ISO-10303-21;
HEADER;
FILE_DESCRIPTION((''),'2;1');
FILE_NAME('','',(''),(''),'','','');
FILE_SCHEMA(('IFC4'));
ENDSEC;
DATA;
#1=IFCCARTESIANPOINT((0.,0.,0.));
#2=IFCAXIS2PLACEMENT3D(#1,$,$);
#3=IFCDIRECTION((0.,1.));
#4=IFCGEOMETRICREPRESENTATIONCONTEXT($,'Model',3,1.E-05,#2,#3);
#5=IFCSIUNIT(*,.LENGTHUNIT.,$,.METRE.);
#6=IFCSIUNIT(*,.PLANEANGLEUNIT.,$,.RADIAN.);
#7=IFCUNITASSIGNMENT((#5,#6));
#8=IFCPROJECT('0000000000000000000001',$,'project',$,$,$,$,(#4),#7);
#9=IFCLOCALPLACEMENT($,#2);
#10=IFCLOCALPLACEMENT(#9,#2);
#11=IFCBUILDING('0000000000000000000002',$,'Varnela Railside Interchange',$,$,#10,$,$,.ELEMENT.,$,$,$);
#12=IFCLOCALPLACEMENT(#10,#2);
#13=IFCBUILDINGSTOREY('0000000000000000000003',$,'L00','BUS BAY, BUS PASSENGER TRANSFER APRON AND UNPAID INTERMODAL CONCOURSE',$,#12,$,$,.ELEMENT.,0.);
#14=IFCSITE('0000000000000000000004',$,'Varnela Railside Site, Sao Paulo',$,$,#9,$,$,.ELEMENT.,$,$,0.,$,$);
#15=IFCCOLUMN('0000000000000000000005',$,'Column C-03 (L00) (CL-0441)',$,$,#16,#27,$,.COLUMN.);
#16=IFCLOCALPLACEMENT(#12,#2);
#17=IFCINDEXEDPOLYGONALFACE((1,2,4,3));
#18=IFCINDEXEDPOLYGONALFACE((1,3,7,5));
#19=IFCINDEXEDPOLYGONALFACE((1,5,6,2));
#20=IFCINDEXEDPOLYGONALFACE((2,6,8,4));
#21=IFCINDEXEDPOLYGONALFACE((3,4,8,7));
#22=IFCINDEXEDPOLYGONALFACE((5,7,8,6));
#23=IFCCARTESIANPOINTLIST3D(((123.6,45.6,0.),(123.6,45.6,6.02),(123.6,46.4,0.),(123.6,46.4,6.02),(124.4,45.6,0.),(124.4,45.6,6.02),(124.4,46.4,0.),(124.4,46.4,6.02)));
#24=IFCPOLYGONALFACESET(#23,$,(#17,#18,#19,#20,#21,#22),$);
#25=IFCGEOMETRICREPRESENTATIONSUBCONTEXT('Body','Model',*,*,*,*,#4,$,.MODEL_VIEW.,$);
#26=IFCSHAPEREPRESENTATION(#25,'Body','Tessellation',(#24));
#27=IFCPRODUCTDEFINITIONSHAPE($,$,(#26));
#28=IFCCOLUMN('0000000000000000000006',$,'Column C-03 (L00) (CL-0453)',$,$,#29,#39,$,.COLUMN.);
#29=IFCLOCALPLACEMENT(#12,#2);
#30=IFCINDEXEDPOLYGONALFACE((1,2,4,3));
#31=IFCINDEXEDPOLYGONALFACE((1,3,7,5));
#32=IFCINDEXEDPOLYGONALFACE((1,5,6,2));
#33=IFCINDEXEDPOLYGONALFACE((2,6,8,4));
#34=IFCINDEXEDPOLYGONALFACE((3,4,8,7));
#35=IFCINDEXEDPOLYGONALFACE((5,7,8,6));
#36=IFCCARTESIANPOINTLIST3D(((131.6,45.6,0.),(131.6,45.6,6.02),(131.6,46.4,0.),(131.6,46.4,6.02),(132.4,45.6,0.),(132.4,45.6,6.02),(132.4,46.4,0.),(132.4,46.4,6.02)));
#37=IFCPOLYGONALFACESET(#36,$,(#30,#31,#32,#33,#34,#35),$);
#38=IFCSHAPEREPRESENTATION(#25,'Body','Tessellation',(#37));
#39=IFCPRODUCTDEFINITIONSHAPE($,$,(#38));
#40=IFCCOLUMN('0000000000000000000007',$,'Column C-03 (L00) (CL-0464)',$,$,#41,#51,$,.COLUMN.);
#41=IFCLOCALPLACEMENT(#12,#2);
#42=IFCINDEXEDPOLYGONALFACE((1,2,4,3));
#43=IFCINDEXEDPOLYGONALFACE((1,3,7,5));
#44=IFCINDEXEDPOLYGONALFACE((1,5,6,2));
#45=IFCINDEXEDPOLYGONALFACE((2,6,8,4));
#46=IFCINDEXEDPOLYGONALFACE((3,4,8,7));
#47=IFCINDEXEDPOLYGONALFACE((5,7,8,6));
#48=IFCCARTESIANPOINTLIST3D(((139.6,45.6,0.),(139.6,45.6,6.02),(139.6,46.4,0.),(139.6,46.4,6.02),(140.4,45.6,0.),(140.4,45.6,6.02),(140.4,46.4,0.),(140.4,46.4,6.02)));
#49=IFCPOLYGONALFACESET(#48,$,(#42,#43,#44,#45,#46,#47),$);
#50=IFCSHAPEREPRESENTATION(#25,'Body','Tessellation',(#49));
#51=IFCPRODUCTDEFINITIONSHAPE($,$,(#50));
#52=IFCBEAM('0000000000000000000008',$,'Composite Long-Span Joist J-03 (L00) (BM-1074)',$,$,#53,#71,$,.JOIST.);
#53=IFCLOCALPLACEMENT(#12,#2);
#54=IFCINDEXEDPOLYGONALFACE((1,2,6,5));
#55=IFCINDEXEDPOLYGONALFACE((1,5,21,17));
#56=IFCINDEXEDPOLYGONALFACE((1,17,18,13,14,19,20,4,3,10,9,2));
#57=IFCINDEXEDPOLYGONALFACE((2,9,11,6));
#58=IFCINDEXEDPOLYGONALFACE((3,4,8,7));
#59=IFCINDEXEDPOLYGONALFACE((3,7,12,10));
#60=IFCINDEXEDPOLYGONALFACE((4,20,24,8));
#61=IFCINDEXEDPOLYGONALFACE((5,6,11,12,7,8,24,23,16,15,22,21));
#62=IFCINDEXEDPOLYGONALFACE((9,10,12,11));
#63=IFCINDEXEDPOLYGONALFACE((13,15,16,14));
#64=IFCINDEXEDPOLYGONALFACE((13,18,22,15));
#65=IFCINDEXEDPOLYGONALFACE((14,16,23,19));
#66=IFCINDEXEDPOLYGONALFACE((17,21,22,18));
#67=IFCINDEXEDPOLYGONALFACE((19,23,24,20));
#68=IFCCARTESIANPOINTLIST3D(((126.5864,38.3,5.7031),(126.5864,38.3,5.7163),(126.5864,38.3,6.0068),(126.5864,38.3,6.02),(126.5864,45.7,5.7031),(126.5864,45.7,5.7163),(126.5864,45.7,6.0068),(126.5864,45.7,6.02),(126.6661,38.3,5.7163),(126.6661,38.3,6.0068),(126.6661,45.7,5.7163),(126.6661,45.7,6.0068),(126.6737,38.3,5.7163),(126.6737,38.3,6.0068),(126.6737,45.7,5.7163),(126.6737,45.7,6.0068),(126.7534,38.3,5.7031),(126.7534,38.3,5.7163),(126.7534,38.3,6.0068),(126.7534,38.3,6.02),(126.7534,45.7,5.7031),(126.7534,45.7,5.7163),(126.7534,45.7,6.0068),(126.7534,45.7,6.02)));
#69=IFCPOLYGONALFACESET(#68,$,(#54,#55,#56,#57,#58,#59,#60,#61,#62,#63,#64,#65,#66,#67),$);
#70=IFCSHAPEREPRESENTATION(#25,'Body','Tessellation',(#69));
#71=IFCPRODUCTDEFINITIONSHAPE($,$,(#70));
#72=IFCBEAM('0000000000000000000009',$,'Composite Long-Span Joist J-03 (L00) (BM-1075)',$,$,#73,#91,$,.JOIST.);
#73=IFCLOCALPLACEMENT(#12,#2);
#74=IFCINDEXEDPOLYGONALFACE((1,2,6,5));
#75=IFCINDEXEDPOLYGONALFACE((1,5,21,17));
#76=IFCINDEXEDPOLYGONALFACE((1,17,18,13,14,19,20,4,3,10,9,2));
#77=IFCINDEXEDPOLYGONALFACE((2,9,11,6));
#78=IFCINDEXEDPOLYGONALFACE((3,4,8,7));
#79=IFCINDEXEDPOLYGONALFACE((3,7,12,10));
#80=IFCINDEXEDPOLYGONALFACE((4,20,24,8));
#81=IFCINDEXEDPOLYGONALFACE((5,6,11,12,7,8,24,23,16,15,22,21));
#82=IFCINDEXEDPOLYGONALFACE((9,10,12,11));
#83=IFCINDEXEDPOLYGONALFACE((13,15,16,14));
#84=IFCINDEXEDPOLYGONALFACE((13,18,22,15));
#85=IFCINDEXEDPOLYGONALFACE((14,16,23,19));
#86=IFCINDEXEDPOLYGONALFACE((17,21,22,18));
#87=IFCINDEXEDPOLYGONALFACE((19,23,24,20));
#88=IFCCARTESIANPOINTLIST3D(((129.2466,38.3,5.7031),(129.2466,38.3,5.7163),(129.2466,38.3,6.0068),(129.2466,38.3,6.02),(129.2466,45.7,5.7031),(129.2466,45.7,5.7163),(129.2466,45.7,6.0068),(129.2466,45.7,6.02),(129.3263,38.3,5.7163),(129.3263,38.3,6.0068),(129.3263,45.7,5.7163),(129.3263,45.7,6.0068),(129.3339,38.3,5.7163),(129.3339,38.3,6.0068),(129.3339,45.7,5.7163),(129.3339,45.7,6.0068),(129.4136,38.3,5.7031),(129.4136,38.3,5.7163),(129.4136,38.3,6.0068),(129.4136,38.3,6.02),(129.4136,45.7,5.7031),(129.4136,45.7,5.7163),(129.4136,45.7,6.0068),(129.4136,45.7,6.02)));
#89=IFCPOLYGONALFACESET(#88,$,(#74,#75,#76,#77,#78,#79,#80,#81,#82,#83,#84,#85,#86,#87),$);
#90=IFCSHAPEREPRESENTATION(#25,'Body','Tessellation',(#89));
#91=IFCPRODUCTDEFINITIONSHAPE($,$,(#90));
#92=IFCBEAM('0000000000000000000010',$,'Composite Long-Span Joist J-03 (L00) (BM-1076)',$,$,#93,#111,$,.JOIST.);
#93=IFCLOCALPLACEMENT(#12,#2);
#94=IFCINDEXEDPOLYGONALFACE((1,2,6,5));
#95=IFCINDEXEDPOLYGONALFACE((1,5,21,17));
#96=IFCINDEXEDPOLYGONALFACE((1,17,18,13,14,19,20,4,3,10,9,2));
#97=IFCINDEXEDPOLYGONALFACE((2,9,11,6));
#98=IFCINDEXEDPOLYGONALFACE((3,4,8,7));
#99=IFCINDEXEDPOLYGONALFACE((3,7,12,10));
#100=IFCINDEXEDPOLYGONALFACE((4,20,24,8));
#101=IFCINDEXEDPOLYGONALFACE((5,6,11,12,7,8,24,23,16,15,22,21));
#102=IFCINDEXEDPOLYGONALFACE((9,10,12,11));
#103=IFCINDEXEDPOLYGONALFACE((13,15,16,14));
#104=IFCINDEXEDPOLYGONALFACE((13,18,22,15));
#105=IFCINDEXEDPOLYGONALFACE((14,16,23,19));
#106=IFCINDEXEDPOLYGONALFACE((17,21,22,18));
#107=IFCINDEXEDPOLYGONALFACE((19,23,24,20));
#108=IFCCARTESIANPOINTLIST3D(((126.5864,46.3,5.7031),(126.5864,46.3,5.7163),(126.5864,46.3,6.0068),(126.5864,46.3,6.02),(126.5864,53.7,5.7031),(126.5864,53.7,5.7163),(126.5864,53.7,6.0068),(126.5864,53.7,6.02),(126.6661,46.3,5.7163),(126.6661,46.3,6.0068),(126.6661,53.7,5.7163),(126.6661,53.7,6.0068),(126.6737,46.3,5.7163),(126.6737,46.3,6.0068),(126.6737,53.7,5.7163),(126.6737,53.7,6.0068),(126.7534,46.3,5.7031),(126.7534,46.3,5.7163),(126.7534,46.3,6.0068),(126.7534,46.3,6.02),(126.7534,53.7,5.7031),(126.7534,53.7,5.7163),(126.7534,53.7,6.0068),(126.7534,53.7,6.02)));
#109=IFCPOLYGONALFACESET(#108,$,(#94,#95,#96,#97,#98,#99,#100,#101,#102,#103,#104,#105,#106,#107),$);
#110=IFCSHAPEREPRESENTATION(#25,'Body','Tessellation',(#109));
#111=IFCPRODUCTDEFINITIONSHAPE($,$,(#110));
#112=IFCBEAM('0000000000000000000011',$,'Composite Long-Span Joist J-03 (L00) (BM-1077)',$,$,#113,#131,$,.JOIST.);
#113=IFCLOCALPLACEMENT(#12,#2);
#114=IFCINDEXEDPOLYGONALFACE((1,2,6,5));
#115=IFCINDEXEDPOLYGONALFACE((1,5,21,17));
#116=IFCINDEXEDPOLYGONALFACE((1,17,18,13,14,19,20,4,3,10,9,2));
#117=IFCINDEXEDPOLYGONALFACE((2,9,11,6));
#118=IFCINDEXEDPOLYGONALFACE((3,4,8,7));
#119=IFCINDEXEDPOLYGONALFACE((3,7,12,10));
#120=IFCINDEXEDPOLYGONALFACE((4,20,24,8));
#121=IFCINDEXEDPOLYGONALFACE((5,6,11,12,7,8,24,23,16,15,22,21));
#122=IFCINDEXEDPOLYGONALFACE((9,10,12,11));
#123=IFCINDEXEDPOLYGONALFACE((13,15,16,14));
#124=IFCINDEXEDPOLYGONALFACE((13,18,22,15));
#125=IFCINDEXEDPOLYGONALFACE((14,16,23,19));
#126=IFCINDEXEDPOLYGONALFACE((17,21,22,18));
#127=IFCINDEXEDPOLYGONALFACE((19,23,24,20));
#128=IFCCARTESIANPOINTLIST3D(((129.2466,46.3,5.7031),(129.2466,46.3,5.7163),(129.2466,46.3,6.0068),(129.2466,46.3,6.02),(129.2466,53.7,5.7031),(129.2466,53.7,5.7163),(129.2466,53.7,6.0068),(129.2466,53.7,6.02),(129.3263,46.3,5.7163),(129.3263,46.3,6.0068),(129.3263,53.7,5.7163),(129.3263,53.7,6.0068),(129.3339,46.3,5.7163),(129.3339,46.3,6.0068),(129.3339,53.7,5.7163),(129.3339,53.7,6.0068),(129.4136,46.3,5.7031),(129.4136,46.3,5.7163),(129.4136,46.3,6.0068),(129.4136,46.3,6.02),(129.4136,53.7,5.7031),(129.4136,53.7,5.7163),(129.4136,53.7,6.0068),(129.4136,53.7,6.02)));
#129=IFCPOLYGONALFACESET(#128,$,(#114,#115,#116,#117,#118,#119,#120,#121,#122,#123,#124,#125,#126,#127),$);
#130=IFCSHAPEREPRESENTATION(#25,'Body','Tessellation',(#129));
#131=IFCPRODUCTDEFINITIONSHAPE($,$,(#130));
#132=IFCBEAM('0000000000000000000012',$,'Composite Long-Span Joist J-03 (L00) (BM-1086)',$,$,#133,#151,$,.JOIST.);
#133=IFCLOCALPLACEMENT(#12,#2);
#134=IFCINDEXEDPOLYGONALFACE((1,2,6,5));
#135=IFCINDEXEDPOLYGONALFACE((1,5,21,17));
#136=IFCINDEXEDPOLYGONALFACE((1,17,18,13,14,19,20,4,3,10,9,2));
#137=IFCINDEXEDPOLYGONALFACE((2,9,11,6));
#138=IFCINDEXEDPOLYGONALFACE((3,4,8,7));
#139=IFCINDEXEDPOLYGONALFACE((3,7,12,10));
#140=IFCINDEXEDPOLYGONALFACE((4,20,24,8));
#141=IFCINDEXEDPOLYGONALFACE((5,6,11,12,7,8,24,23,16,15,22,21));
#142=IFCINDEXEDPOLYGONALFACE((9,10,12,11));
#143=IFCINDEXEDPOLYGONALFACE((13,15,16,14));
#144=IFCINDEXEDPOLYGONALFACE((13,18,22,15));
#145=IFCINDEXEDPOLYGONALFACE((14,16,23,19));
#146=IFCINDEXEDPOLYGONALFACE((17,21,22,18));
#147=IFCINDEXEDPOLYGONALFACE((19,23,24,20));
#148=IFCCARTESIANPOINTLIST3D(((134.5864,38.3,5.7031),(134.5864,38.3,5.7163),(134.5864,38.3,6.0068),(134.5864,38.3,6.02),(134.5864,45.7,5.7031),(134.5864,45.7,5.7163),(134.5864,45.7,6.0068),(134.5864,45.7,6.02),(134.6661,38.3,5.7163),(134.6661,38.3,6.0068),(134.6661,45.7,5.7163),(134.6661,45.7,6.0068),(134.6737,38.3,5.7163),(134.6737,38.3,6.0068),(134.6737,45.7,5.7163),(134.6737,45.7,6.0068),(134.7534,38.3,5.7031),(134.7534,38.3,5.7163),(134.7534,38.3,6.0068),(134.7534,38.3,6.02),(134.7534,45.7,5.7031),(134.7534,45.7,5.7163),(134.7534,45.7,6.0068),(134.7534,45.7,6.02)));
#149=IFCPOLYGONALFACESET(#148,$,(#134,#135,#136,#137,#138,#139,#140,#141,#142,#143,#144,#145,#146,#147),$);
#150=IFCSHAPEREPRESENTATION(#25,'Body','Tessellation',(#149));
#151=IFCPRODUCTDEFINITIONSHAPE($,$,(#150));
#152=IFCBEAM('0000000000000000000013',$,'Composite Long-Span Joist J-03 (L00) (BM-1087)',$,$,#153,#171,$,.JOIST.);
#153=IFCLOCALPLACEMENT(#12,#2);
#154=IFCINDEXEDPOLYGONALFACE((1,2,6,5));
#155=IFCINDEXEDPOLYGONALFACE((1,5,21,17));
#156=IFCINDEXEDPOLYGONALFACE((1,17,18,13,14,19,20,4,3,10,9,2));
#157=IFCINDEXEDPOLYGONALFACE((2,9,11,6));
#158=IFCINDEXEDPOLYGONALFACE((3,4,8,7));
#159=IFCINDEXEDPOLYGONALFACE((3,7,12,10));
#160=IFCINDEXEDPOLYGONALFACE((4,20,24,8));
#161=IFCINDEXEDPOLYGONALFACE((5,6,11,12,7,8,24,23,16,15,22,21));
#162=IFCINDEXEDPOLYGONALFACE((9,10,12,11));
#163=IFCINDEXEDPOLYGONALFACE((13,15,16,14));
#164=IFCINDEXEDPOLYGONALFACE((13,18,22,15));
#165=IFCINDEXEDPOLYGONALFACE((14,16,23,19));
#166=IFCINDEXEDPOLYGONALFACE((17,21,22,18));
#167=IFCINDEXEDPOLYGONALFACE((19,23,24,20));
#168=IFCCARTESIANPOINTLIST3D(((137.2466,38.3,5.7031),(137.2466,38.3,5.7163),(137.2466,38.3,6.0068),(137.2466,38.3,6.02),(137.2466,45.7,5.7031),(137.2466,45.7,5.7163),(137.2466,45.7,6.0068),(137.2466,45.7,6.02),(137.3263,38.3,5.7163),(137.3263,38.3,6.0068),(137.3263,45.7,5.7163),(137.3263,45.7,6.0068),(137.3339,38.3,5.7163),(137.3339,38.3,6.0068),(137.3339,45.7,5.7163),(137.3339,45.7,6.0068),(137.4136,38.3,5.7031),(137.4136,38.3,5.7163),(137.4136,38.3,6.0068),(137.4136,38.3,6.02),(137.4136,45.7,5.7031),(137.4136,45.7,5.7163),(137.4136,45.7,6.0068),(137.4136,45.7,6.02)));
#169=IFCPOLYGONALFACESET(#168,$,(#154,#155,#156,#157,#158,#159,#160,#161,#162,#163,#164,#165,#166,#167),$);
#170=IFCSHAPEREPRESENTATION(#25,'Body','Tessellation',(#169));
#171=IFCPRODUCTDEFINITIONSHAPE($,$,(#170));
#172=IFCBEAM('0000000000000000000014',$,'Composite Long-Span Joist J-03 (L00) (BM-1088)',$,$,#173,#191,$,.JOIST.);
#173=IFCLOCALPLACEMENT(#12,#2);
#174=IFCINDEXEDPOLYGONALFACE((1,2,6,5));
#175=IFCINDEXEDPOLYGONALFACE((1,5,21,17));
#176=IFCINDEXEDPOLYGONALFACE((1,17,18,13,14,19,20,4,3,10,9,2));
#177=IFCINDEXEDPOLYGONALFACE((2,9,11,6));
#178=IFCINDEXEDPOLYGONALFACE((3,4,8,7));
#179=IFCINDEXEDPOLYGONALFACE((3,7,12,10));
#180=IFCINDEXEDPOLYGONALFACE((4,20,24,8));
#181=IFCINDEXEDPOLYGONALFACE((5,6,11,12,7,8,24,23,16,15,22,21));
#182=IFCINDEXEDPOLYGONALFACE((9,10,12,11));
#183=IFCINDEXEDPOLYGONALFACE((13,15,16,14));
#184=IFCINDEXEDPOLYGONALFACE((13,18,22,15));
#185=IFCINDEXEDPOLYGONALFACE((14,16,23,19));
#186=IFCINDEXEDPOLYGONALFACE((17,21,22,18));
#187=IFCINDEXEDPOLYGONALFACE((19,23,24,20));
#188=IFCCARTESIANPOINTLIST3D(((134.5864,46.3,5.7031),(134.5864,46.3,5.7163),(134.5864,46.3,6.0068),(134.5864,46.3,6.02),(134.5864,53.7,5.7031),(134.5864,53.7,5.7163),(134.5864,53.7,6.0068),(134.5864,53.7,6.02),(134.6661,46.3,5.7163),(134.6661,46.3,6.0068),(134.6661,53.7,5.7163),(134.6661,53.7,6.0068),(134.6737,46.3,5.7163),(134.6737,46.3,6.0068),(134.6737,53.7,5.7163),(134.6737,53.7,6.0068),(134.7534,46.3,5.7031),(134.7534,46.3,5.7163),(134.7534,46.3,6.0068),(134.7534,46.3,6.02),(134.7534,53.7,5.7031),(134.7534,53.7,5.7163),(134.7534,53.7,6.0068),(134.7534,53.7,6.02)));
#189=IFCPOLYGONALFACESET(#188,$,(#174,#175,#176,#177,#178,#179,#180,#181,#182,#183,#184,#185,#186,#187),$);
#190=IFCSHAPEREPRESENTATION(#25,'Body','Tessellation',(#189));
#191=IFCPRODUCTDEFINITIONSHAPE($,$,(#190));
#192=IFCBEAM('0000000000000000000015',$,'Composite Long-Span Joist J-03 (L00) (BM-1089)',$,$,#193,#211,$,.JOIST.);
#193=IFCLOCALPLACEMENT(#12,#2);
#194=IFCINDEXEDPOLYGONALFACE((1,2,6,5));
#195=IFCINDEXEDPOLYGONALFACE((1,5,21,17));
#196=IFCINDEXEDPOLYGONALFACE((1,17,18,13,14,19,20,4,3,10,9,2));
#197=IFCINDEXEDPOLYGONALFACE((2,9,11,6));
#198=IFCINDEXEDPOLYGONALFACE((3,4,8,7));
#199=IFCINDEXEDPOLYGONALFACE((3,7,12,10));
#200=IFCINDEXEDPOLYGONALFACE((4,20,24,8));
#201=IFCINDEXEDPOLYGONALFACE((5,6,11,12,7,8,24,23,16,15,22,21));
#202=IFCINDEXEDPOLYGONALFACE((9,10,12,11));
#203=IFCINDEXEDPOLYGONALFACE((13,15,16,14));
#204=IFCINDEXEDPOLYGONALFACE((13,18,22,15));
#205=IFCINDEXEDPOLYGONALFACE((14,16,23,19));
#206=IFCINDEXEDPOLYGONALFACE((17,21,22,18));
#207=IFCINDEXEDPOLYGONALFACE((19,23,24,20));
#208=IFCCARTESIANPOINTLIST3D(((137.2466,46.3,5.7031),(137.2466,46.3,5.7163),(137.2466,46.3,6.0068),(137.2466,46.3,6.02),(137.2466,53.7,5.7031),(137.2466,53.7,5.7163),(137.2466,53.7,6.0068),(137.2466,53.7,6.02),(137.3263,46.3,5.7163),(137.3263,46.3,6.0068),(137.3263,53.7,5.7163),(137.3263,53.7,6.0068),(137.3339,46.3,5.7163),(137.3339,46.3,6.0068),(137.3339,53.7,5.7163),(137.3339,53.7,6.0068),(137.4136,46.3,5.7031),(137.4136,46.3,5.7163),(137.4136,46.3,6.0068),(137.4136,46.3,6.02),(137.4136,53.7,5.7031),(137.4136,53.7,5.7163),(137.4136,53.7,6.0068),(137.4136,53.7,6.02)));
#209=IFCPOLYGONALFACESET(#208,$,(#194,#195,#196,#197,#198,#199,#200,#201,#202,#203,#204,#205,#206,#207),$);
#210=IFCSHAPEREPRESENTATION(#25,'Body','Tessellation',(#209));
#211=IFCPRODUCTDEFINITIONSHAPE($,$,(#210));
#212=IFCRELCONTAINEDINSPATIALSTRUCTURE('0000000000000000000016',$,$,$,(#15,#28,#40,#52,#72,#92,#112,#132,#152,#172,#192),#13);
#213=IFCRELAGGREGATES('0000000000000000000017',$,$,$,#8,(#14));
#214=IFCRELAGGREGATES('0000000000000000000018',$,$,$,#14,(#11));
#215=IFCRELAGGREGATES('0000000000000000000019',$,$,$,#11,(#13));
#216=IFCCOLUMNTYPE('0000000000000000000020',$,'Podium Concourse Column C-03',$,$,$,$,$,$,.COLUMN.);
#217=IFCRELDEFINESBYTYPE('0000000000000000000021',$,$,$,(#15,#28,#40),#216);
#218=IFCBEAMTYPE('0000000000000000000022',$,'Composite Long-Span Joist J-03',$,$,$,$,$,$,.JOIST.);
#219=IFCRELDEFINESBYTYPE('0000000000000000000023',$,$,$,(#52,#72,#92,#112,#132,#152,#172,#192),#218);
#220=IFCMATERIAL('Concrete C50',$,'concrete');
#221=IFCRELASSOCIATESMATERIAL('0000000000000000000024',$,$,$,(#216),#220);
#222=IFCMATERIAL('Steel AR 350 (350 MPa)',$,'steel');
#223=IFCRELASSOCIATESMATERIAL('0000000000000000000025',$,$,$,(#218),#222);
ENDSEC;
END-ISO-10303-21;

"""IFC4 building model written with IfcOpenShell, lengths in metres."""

from ifc_helpers import new_model, si_unit, direction, frame, origin, origin_2d, place, context, subcontext, project, spatial, rectangle, i_section, extrude, material, material_profile, profile_set, type_object, element, save


model = new_model("IFC4")

# Units and contexts
model_context = context("Model", 3, precision=1e-05, world=origin(), true_north=direction((0.0, 1.0)))
body_context = subcontext(model_context, "Body", "Model", "MODEL_VIEW")
ifc_project = project(units=[si_unit("LENGTHUNIT", "METRE"), si_unit("PLANEANGLEUNIT", "RADIAN")], contexts=[model_context])

# Site, building, storey
site_placement = place(None, origin())
site = spatial("IfcSite", under=ifc_project, at=site_placement, Name="Varnela Railside Site, Sao Paulo", CompositionType="ELEMENT", RefElevation=0.0)
building_placement = place(site_placement, origin())
building = spatial("IfcBuilding", under=site, at=building_placement, Name="Varnela Railside Interchange", CompositionType="ELEMENT")
storey_placement = place(building_placement, origin())
storey = spatial("IfcBuildingStorey", under=building, at=storey_placement, Name="L00", Description="BUS BAY, BUS PASSENGER TRANSFER APRON AND UNPAID INTERMODAL CONCOURSE", CompositionType="ELEMENT", Elevation=0.0)

# Columns
ifc_material_1 = material(Name="Concrete C50", Category="concrete")
ifc_material_profile_1 = material_profile(ifc_material_1, rectangle(XDim=0.8, YDim=0.8, at=origin_2d()), Name="RC 800x800")
ifc_profile_set_1 = profile_set([ifc_material_profile_1], Name="Concrete C50")
column_type = type_object("IfcColumnType", Name="Podium Concourse Column C-03", PredefinedType="COLUMN", material=ifc_profile_set_1)
for number, where, z_axis, x_axis, name in (
    (1, (124.0, 46.0, 0.0), (0.0, 0.0, 1.0), (1.0, 0.0, 0.0), "Column C-03 (L00) (CL-0441)"),
    (2, (132.0, 46.0, 0.0), (0.0, 0.0, 1.0), (1.0, 0.0, 0.0), "Column C-03 (L00) (CL-0453)"),
    (3, (140.0, 46.0, 0.0), (0.0, 0.0, 1.0), (1.0, 0.0, 0.0), "Column C-03 (L00) (CL-0464)"),
):
    element("IfcColumn", number, at=place(storey_placement, frame(where, z_axis=z_axis, x_axis=x_axis)), inside=storey, type_object=column_type, Name=name, PredefinedType="COLUMN", context=body_context, shape_type="SweptSolid", body=[
        extrude(rectangle(XDim=0.8, YDim=0.8, at=origin_2d()), origin(), (0.0, 0.0, 1.0), 6.02),
    ])

# Beams
ifc_material_2 = material(Name="Steel AR 350 (350 MPa)", Category="steel")
ifc_material_profile_2 = material_profile(ifc_material_2, i_section(OverallWidth=0.167, OverallDepth=0.3169, WebThickness=0.0076, FlangeThickness=0.0132, at=origin_2d()), Name="W310x52")
ifc_profile_set_2 = profile_set([ifc_material_profile_2], Name="Steel AR 350 (350 MPa)")
beam_type_1 = type_object("IfcBeamType", Name="Composite Long-Span Joist J-03", PredefinedType="JOIST", material=ifc_profile_set_2)
for number, where, z_axis, x_axis, name in (
    (4, (126.6699, 38.3, 5.8616), (0.0, 1.0, 0.0), (-1.0, 0.0, 0.0), "Composite Long-Span Joist J-03 (L00) (BM-1074)"),
    (5, (129.3301, 38.3, 5.8616), (0.0, 1.0, 0.0), (-1.0, 0.0, 0.0), "Composite Long-Span Joist J-03 (L00) (BM-1075)"),
    (6, (126.6699, 46.3, 5.8616), (0.0, 1.0, 0.0), (-1.0, 0.0, 0.0), "Composite Long-Span Joist J-03 (L00) (BM-1076)"),
    (7, (129.3301, 46.3, 5.8616), (0.0, 1.0, 0.0), (-1.0, 0.0, 0.0), "Composite Long-Span Joist J-03 (L00) (BM-1077)"),
    (8, (134.6699, 38.3, 5.8616), (0.0, 1.0, 0.0), (-1.0, 0.0, 0.0), "Composite Long-Span Joist J-03 (L00) (BM-1086)"),
    (9, (137.3301, 38.3, 5.8616), (0.0, 1.0, 0.0), (-1.0, 0.0, 0.0), "Composite Long-Span Joist J-03 (L00) (BM-1087)"),
    (10, (134.6699, 46.3, 5.8616), (0.0, 1.0, 0.0), (-1.0, 0.0, 0.0), "Composite Long-Span Joist J-03 (L00) (BM-1088)"),
    (11, (137.3301, 46.3, 5.8616), (0.0, 1.0, 0.0), (-1.0, 0.0, 0.0), "Composite Long-Span Joist J-03 (L00) (BM-1089)"),
):
    element("IfcBeam", number, at=place(storey_placement, frame(where, z_axis=z_axis, x_axis=x_axis)), inside=storey, type_object=beam_type_1, Name=name, PredefinedType="JOIST", context=body_context, shape_type="SweptSolid", body=[
        extrude(i_section(OverallWidth=0.167, OverallDepth=0.3169, WebThickness=0.0076, FlangeThickness=0.0132, at=origin_2d()), origin(), (0.0, 0.0, 1.0), 7.3999),
    ])

save(model, "model.ifc")
